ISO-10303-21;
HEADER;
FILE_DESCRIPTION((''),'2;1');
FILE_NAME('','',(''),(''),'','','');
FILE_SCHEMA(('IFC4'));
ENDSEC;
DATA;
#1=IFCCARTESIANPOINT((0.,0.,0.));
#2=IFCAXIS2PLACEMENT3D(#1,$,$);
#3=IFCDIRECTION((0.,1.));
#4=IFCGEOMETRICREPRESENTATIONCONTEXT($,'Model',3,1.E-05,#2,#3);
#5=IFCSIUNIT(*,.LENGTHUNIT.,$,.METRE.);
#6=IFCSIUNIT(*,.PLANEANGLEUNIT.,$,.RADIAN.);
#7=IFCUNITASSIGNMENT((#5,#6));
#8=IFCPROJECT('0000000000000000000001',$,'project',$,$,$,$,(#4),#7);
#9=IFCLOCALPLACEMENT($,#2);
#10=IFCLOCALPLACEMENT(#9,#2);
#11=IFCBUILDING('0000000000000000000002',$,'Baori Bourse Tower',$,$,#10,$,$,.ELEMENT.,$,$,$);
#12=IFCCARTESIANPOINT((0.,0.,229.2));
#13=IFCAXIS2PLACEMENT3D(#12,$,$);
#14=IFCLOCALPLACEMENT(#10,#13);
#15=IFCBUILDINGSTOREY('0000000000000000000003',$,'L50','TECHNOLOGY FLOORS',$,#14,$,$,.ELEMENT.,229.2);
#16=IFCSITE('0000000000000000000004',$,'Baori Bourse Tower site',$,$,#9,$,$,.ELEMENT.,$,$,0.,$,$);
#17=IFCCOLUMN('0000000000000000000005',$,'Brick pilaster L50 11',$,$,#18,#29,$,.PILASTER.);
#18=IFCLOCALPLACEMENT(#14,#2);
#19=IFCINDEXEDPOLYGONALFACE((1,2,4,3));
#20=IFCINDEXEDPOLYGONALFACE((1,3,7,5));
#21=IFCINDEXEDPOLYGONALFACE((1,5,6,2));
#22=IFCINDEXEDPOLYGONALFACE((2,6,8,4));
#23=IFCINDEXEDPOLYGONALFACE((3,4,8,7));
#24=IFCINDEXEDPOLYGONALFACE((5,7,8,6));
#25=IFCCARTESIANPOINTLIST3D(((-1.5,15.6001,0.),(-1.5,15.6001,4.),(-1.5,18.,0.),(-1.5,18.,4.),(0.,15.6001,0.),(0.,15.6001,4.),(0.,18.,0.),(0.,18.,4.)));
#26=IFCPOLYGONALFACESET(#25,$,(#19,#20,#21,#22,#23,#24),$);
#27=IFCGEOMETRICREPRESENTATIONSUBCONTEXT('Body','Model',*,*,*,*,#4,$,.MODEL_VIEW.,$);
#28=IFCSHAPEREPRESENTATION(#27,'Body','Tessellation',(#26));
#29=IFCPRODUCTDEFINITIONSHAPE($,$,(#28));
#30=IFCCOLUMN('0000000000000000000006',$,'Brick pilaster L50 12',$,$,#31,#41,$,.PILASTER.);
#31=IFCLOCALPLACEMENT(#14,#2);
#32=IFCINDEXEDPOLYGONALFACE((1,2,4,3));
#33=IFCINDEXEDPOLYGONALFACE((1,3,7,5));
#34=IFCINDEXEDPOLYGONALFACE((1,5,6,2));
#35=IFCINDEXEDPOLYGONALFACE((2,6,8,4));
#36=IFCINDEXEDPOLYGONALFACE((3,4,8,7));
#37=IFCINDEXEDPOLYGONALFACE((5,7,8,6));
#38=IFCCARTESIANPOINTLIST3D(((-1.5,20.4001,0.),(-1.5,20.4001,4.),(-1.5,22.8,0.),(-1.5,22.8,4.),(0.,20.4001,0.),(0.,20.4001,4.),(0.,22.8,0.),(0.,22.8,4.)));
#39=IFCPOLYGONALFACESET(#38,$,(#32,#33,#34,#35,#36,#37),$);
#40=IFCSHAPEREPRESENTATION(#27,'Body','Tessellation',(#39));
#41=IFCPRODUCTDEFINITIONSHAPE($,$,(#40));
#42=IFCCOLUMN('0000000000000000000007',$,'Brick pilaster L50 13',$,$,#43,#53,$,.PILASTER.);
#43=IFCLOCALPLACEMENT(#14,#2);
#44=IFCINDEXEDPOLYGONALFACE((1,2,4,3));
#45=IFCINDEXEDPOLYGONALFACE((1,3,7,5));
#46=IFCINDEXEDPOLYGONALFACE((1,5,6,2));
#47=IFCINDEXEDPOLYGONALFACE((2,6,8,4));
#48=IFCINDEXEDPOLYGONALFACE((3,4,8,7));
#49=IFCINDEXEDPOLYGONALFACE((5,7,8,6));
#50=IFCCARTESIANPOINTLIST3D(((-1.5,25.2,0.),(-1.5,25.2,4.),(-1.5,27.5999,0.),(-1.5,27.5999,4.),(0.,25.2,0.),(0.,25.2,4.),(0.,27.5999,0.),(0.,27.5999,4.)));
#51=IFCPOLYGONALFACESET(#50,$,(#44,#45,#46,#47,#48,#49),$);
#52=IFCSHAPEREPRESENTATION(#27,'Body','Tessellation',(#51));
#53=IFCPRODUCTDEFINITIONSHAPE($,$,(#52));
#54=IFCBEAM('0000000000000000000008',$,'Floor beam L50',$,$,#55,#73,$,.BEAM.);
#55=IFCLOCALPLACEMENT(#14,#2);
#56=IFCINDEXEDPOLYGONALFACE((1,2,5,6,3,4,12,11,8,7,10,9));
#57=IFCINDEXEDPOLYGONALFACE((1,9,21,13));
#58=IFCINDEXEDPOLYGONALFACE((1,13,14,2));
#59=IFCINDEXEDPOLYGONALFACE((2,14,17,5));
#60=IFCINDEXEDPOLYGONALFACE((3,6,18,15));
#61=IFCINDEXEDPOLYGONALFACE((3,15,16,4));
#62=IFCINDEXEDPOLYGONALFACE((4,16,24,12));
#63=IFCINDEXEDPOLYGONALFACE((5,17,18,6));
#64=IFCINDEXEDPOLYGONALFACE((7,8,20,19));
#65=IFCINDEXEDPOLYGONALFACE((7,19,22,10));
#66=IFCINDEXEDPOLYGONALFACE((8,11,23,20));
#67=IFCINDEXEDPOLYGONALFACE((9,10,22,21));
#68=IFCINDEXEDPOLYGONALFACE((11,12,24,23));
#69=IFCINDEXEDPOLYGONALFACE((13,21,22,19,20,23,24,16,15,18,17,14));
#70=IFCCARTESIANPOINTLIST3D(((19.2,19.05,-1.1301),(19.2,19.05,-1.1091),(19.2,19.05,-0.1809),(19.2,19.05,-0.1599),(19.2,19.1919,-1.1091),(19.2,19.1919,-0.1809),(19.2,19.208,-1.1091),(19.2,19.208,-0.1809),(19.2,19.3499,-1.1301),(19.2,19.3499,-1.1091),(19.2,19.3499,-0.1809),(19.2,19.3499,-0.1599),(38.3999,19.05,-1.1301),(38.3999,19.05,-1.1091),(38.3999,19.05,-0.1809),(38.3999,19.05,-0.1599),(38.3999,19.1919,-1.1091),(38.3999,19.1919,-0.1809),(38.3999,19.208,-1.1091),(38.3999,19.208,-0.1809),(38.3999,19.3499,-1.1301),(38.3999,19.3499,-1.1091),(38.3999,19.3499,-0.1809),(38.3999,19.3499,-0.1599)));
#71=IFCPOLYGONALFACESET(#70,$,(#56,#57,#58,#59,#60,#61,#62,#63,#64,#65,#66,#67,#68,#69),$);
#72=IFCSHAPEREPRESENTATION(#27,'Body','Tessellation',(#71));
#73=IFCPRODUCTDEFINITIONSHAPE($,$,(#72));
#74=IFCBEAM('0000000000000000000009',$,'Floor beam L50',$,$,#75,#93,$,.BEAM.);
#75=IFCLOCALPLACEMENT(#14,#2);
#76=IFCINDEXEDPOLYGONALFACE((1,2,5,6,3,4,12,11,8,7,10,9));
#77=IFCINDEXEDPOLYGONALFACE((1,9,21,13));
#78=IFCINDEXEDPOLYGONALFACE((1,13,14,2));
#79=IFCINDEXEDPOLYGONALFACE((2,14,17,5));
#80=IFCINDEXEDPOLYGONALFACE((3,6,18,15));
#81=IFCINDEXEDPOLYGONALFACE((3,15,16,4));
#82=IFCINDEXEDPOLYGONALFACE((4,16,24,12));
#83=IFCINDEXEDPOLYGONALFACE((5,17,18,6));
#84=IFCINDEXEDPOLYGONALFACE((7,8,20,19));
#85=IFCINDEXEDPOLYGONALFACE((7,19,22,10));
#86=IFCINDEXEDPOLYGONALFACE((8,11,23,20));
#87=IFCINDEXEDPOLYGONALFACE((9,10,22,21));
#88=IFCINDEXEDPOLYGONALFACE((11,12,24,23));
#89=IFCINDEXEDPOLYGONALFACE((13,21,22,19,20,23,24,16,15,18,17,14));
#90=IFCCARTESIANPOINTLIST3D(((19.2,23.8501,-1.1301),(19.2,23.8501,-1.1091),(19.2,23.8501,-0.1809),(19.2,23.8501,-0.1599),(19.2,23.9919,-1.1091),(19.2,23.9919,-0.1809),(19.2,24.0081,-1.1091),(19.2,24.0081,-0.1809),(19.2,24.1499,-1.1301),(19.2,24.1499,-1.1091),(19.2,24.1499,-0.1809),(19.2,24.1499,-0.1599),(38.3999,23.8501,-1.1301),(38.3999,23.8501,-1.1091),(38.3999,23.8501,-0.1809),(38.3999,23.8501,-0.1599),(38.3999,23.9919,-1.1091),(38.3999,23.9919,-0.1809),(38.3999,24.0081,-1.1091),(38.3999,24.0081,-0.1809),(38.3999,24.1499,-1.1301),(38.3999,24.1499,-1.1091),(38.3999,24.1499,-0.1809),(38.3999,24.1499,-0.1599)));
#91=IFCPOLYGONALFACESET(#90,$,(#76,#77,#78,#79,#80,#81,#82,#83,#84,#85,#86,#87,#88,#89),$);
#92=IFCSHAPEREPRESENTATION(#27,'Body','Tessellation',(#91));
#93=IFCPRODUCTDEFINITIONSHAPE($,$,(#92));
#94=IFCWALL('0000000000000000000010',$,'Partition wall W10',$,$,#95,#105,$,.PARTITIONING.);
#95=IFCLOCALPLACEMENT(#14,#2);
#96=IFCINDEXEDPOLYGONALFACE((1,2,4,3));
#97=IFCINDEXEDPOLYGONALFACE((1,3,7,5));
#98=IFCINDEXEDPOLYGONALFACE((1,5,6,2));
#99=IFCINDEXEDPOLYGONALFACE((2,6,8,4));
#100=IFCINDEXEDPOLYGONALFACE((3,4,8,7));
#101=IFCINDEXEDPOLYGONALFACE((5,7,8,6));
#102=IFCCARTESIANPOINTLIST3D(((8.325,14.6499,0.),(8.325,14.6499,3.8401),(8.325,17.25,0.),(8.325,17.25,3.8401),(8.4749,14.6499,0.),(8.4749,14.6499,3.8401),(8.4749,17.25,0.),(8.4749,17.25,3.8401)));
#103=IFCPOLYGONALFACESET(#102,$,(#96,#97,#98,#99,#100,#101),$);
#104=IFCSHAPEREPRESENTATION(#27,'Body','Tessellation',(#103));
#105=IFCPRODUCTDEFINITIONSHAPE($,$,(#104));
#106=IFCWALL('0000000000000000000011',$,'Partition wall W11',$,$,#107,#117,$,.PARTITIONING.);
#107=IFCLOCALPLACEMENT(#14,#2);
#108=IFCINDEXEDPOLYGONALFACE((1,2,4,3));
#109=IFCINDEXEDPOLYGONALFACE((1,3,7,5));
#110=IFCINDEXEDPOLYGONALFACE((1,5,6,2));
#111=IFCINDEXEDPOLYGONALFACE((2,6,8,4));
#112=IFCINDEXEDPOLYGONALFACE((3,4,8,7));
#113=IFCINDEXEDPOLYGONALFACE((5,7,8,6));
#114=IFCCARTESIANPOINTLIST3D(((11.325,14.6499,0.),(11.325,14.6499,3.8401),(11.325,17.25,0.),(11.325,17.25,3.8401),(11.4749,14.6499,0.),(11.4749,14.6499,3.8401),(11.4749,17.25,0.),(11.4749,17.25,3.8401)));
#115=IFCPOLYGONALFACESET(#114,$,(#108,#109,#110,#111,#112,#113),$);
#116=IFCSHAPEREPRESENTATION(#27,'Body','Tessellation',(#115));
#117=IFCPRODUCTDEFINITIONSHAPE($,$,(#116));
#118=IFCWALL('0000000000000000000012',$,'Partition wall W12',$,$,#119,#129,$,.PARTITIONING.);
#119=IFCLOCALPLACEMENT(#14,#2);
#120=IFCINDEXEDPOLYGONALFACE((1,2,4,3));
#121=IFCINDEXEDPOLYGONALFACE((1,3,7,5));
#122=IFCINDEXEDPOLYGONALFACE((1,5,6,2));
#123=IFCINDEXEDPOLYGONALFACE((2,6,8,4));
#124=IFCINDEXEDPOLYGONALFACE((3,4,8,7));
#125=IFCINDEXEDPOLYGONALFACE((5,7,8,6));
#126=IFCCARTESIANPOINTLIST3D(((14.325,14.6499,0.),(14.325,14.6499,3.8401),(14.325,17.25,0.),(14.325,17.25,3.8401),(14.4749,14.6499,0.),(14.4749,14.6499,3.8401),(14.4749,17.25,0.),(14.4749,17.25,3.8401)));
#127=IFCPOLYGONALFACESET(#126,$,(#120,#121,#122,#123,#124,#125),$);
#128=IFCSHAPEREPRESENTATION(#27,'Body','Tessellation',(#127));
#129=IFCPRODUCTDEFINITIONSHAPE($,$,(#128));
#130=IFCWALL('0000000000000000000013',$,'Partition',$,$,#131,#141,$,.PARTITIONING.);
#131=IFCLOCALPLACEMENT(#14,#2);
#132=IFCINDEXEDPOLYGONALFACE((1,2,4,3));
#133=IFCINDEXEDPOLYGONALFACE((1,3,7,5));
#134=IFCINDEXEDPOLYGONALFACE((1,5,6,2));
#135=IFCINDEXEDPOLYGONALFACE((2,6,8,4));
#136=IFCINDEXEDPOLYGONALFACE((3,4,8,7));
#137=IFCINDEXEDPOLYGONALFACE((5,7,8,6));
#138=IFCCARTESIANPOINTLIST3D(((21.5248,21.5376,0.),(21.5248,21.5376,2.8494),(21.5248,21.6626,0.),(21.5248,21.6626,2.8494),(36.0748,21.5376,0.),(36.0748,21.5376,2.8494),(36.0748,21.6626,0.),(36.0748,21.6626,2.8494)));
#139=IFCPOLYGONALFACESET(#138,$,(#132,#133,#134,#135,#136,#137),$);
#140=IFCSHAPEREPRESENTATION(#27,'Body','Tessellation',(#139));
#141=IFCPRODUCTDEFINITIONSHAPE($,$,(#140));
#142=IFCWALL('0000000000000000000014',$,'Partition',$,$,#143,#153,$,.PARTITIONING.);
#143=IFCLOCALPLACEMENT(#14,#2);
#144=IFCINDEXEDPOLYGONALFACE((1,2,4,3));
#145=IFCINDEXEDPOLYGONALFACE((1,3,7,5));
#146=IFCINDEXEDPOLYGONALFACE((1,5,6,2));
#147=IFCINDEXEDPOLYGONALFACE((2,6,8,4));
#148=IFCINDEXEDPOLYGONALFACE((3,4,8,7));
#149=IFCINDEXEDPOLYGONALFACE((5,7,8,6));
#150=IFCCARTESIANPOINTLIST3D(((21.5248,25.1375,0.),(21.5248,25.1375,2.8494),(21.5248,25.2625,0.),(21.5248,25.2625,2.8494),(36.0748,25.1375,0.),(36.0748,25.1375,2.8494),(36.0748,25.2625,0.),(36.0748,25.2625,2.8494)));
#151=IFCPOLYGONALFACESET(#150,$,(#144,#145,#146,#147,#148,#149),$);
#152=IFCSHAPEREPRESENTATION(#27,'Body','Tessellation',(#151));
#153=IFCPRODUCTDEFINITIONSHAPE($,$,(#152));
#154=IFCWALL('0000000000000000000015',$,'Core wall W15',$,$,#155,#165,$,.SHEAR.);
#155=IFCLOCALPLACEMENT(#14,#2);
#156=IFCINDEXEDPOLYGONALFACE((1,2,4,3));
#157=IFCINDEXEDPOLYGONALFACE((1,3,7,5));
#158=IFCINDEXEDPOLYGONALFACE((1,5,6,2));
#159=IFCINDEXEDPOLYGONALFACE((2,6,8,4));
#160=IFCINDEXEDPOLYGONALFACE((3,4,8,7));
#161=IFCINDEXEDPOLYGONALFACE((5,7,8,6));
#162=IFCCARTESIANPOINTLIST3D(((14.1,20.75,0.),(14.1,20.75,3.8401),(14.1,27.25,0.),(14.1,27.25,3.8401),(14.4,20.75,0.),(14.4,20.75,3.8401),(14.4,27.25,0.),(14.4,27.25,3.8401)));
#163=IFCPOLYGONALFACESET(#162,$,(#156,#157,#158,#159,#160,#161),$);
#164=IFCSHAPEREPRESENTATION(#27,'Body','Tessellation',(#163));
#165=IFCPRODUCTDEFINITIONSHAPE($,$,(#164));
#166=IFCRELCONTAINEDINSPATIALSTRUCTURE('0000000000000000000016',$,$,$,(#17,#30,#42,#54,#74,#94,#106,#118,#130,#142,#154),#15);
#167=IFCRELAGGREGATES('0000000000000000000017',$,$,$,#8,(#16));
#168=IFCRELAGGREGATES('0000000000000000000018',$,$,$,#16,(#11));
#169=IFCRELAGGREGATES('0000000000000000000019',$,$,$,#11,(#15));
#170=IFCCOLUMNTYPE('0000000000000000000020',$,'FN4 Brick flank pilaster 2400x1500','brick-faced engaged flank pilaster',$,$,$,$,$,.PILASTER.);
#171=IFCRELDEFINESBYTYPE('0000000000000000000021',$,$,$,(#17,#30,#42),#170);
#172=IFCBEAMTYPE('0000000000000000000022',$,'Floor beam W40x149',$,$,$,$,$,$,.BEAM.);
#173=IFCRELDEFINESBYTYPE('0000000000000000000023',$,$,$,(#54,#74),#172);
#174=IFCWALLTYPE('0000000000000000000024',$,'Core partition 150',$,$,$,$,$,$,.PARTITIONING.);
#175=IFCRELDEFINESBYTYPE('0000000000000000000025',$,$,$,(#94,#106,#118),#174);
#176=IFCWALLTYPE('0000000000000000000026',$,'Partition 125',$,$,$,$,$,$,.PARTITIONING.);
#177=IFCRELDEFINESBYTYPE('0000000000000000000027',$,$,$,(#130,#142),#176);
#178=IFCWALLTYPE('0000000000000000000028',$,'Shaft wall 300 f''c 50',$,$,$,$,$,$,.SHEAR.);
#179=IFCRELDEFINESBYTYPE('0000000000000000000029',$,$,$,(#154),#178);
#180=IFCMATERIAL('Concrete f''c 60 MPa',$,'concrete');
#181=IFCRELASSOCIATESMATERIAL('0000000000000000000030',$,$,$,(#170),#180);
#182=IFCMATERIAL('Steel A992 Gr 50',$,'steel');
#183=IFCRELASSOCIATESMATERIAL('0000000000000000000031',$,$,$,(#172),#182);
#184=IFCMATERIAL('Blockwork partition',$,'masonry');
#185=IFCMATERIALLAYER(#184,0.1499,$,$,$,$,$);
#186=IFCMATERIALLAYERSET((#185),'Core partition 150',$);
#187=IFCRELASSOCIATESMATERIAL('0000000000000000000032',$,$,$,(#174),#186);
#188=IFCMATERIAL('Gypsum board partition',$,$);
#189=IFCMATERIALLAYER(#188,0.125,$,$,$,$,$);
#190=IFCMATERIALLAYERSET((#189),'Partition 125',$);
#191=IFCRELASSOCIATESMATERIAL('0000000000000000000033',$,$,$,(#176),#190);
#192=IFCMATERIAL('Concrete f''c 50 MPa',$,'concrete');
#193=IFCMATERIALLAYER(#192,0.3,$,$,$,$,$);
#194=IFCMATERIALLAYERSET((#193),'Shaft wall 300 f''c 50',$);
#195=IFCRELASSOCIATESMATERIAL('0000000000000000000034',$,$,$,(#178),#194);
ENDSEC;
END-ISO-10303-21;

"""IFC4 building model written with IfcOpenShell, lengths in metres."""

from ifc_helpers import new_model, si_unit, direction, frame, frame_2d, origin, origin_2d, place, context, subcontext, project, spatial, rectangle, i_section, extrude, material, layer, layer_set, material_profile, profile_set, type_object, element, save


model = new_model("IFC4")

# Units and contexts
model_context = context("Model", 3, precision=1e-05, world=origin(), true_north=direction((0.0, 1.0)))
body_context = subcontext(model_context, "Body", "Model", "MODEL_VIEW")
ifc_project = project(units=[si_unit("LENGTHUNIT", "METRE"), si_unit("PLANEANGLEUNIT", "RADIAN")], contexts=[model_context])

# Site, building, storey
site_placement = place(None, origin())
site = spatial("IfcSite", under=ifc_project, at=site_placement, Name="Baori Bourse Tower site", CompositionType="ELEMENT", RefElevation=0.0)
building_placement = place(site_placement, origin())
building = spatial("IfcBuilding", under=site, at=building_placement, Name="Baori Bourse Tower", CompositionType="ELEMENT")
storey_placement = place(building_placement, frame((0.0, 0.0, 229.2)))
storey = spatial("IfcBuildingStorey", under=building, at=storey_placement, Name="L50", Description="TECHNOLOGY FLOORS", CompositionType="ELEMENT", Elevation=229.2)

# Columns
ifc_material_1 = material(Name="Concrete f'c 60 MPa", Category="concrete")
ifc_material_profile_1 = material_profile(ifc_material_1, rectangle(XDim=2.3999, YDim=1.5, at=origin_2d()), Name="RC 2400x1500")
ifc_profile_set_1 = profile_set([ifc_material_profile_1], Name="Concrete f'c 60 MPa")
column_type = type_object("IfcColumnType", Name="FN4 Brick flank pilaster 2400x1500", Description="brick-faced engaged flank pilaster", PredefinedType="PILASTER", material=ifc_profile_set_1)
for number, where, z_axis, x_axis, name in (
    (1, (-0.75, 16.8, 0.0), (0.0, 0.0, 1.0), (0.0, 1.0, 0.0), "Brick pilaster L50 11"),
    (2, (-0.75, 21.6001, 0.0), (0.0, 0.0, 1.0), (0.0, 1.0, 0.0), "Brick pilaster L50 12"),
    (3, (-0.75, 26.3999, 0.0), (0.0, 0.0, 1.0), (0.0, 1.0, 0.0), "Brick pilaster L50 13"),
):
    element("IfcColumn", number, at=place(storey_placement, frame(where, z_axis=z_axis, x_axis=x_axis)), inside=storey, type_object=column_type, Name=name, PredefinedType="PILASTER", context=body_context, shape_type="SweptSolid", body=[
        extrude(rectangle(XDim=2.3999, YDim=1.5, at=origin_2d()), origin(), (0.0, 0.0, 1.0), 4.0),
    ])

# Beams
ifc_material_2 = material(Name="Steel A992 Gr 50", Category="steel")
ifc_material_profile_2 = material_profile(ifc_material_2, i_section(OverallWidth=0.2998, OverallDepth=0.9702, WebThickness=0.0161, FlangeThickness=0.021, at=origin_2d()), Name="W40x149")
ifc_profile_set_2 = profile_set([ifc_material_profile_2], Name="Steel A992 Gr 50")
beam_type = type_object("IfcBeamType", Name="Floor beam W40x149", PredefinedType="BEAM", material=ifc_profile_set_2)
for number, where, z_axis, x_axis, name in (
    (4, (19.2, 19.2, -0.645), (1.0, 0.0, 0.0), (0.0, 1.0, 0.0), "Floor beam L50"),
    (5, (19.2, 24.0, -0.645), (1.0, 0.0, 0.0), (0.0, 1.0, 0.0), "Floor beam L50"),
):
    element("IfcBeam", number, at=place(storey_placement, frame(where, z_axis=z_axis, x_axis=x_axis)), inside=storey, type_object=beam_type, Name=name, PredefinedType="BEAM", context=body_context, shape_type="SweptSolid", body=[
        extrude(i_section(OverallWidth=0.2998, OverallDepth=0.9702, WebThickness=0.0161, FlangeThickness=0.021, at=origin_2d()), origin(), (0.0, 0.0, 1.0), 19.2),
    ])

# Walls
ifc_material_3 = material(Name="Blockwork partition", Category="masonry")
ifc_layer_1 = layer(ifc_material_3, 0.1499)
ifc_layer_set_1 = layer_set([ifc_layer_1], Name="Core partition 150")
wall_type_1 = type_object("IfcWallType", Name="Core partition 150", PredefinedType="PARTITIONING", material=ifc_layer_set_1)
for number, where, z_axis, x_axis, name in (
    (6, (8.3999, 14.6499, 0.0), (0.0, 0.0, 1.0), (0.0, 1.0, 0.0), "Partition wall W10"),
    (7, (11.3999, 14.6499, 0.0), (0.0, 0.0, 1.0), (0.0, 1.0, 0.0), "Partition wall W11"),
    (8, (14.3999, 14.6499, 0.0), (0.0, 0.0, 1.0), (0.0, 1.0, 0.0), "Partition wall W12"),
):
    element("IfcWall", number, at=place(storey_placement, frame(where, z_axis=z_axis, x_axis=x_axis)), inside=storey, type_object=wall_type_1, Name=name, PredefinedType="PARTITIONING", context=body_context, shape_type="SweptSolid", body=[
        extrude(rectangle(XDim=2.6001, YDim=0.1499, at=frame_2d((1.3, 0.0))), origin(), (0.0, 0.0, 1.0), 3.8401),
    ])
ifc_material_4 = material(Name="Gypsum board partition")
ifc_layer_2 = layer(ifc_material_4, 0.125)
ifc_layer_set_2 = layer_set([ifc_layer_2], Name="Partition 125")
wall_type_2 = type_object("IfcWallType", Name="Partition 125", PredefinedType="PARTITIONING", material=ifc_layer_set_2)
for number, where, z_axis, x_axis, name in (
    (9, (21.5249, 21.6001, 0.0), (0.0, 0.0, 1.0), (1.0, 0.0, 0.0), "Partition"),
    (10, (21.5249, 25.2, 0.0), (0.0, 0.0, 1.0), (1.0, 0.0, 0.0), "Partition"),
):
    element("IfcWall", number, at=place(storey_placement, frame(where, z_axis=z_axis, x_axis=x_axis)), inside=storey, type_object=wall_type_2, Name=name, PredefinedType="PARTITIONING", context=body_context, shape_type="SweptSolid", body=[
        extrude(rectangle(XDim=14.55, YDim=0.125, at=frame_2d((7.2749, 0.0))), origin(), (0.0, 0.0, 1.0), 2.8494),
    ])
ifc_material_5 = material(Name="Concrete f'c 50 MPa", Category="concrete")
ifc_layer_3 = layer(ifc_material_5, 0.3)
ifc_layer_set_3 = layer_set([ifc_layer_3], Name="Shaft wall 300 f'c 50")
wall_type_3 = type_object("IfcWallType", Name="Shaft wall 300 f'c 50", PredefinedType="SHEAR", material=ifc_layer_set_3)
wall_1_placement = place(storey_placement, frame((14.25, 20.75, 0.0), z_axis=(0.0, 0.0, 1.0), x_axis=(0.0, 1.0, 0.0)))
element("IfcWall", 11, at=wall_1_placement, inside=storey, type_object=wall_type_3, Name="Core wall W15", PredefinedType="SHEAR", context=body_context, shape_type="SweptSolid", body=[
    extrude(rectangle(XDim=6.5, YDim=0.3, at=frame_2d((3.25, 0.0))), origin(), (0.0, 0.0, 1.0), 3.8401),
])

save(model, "model.ifc")
